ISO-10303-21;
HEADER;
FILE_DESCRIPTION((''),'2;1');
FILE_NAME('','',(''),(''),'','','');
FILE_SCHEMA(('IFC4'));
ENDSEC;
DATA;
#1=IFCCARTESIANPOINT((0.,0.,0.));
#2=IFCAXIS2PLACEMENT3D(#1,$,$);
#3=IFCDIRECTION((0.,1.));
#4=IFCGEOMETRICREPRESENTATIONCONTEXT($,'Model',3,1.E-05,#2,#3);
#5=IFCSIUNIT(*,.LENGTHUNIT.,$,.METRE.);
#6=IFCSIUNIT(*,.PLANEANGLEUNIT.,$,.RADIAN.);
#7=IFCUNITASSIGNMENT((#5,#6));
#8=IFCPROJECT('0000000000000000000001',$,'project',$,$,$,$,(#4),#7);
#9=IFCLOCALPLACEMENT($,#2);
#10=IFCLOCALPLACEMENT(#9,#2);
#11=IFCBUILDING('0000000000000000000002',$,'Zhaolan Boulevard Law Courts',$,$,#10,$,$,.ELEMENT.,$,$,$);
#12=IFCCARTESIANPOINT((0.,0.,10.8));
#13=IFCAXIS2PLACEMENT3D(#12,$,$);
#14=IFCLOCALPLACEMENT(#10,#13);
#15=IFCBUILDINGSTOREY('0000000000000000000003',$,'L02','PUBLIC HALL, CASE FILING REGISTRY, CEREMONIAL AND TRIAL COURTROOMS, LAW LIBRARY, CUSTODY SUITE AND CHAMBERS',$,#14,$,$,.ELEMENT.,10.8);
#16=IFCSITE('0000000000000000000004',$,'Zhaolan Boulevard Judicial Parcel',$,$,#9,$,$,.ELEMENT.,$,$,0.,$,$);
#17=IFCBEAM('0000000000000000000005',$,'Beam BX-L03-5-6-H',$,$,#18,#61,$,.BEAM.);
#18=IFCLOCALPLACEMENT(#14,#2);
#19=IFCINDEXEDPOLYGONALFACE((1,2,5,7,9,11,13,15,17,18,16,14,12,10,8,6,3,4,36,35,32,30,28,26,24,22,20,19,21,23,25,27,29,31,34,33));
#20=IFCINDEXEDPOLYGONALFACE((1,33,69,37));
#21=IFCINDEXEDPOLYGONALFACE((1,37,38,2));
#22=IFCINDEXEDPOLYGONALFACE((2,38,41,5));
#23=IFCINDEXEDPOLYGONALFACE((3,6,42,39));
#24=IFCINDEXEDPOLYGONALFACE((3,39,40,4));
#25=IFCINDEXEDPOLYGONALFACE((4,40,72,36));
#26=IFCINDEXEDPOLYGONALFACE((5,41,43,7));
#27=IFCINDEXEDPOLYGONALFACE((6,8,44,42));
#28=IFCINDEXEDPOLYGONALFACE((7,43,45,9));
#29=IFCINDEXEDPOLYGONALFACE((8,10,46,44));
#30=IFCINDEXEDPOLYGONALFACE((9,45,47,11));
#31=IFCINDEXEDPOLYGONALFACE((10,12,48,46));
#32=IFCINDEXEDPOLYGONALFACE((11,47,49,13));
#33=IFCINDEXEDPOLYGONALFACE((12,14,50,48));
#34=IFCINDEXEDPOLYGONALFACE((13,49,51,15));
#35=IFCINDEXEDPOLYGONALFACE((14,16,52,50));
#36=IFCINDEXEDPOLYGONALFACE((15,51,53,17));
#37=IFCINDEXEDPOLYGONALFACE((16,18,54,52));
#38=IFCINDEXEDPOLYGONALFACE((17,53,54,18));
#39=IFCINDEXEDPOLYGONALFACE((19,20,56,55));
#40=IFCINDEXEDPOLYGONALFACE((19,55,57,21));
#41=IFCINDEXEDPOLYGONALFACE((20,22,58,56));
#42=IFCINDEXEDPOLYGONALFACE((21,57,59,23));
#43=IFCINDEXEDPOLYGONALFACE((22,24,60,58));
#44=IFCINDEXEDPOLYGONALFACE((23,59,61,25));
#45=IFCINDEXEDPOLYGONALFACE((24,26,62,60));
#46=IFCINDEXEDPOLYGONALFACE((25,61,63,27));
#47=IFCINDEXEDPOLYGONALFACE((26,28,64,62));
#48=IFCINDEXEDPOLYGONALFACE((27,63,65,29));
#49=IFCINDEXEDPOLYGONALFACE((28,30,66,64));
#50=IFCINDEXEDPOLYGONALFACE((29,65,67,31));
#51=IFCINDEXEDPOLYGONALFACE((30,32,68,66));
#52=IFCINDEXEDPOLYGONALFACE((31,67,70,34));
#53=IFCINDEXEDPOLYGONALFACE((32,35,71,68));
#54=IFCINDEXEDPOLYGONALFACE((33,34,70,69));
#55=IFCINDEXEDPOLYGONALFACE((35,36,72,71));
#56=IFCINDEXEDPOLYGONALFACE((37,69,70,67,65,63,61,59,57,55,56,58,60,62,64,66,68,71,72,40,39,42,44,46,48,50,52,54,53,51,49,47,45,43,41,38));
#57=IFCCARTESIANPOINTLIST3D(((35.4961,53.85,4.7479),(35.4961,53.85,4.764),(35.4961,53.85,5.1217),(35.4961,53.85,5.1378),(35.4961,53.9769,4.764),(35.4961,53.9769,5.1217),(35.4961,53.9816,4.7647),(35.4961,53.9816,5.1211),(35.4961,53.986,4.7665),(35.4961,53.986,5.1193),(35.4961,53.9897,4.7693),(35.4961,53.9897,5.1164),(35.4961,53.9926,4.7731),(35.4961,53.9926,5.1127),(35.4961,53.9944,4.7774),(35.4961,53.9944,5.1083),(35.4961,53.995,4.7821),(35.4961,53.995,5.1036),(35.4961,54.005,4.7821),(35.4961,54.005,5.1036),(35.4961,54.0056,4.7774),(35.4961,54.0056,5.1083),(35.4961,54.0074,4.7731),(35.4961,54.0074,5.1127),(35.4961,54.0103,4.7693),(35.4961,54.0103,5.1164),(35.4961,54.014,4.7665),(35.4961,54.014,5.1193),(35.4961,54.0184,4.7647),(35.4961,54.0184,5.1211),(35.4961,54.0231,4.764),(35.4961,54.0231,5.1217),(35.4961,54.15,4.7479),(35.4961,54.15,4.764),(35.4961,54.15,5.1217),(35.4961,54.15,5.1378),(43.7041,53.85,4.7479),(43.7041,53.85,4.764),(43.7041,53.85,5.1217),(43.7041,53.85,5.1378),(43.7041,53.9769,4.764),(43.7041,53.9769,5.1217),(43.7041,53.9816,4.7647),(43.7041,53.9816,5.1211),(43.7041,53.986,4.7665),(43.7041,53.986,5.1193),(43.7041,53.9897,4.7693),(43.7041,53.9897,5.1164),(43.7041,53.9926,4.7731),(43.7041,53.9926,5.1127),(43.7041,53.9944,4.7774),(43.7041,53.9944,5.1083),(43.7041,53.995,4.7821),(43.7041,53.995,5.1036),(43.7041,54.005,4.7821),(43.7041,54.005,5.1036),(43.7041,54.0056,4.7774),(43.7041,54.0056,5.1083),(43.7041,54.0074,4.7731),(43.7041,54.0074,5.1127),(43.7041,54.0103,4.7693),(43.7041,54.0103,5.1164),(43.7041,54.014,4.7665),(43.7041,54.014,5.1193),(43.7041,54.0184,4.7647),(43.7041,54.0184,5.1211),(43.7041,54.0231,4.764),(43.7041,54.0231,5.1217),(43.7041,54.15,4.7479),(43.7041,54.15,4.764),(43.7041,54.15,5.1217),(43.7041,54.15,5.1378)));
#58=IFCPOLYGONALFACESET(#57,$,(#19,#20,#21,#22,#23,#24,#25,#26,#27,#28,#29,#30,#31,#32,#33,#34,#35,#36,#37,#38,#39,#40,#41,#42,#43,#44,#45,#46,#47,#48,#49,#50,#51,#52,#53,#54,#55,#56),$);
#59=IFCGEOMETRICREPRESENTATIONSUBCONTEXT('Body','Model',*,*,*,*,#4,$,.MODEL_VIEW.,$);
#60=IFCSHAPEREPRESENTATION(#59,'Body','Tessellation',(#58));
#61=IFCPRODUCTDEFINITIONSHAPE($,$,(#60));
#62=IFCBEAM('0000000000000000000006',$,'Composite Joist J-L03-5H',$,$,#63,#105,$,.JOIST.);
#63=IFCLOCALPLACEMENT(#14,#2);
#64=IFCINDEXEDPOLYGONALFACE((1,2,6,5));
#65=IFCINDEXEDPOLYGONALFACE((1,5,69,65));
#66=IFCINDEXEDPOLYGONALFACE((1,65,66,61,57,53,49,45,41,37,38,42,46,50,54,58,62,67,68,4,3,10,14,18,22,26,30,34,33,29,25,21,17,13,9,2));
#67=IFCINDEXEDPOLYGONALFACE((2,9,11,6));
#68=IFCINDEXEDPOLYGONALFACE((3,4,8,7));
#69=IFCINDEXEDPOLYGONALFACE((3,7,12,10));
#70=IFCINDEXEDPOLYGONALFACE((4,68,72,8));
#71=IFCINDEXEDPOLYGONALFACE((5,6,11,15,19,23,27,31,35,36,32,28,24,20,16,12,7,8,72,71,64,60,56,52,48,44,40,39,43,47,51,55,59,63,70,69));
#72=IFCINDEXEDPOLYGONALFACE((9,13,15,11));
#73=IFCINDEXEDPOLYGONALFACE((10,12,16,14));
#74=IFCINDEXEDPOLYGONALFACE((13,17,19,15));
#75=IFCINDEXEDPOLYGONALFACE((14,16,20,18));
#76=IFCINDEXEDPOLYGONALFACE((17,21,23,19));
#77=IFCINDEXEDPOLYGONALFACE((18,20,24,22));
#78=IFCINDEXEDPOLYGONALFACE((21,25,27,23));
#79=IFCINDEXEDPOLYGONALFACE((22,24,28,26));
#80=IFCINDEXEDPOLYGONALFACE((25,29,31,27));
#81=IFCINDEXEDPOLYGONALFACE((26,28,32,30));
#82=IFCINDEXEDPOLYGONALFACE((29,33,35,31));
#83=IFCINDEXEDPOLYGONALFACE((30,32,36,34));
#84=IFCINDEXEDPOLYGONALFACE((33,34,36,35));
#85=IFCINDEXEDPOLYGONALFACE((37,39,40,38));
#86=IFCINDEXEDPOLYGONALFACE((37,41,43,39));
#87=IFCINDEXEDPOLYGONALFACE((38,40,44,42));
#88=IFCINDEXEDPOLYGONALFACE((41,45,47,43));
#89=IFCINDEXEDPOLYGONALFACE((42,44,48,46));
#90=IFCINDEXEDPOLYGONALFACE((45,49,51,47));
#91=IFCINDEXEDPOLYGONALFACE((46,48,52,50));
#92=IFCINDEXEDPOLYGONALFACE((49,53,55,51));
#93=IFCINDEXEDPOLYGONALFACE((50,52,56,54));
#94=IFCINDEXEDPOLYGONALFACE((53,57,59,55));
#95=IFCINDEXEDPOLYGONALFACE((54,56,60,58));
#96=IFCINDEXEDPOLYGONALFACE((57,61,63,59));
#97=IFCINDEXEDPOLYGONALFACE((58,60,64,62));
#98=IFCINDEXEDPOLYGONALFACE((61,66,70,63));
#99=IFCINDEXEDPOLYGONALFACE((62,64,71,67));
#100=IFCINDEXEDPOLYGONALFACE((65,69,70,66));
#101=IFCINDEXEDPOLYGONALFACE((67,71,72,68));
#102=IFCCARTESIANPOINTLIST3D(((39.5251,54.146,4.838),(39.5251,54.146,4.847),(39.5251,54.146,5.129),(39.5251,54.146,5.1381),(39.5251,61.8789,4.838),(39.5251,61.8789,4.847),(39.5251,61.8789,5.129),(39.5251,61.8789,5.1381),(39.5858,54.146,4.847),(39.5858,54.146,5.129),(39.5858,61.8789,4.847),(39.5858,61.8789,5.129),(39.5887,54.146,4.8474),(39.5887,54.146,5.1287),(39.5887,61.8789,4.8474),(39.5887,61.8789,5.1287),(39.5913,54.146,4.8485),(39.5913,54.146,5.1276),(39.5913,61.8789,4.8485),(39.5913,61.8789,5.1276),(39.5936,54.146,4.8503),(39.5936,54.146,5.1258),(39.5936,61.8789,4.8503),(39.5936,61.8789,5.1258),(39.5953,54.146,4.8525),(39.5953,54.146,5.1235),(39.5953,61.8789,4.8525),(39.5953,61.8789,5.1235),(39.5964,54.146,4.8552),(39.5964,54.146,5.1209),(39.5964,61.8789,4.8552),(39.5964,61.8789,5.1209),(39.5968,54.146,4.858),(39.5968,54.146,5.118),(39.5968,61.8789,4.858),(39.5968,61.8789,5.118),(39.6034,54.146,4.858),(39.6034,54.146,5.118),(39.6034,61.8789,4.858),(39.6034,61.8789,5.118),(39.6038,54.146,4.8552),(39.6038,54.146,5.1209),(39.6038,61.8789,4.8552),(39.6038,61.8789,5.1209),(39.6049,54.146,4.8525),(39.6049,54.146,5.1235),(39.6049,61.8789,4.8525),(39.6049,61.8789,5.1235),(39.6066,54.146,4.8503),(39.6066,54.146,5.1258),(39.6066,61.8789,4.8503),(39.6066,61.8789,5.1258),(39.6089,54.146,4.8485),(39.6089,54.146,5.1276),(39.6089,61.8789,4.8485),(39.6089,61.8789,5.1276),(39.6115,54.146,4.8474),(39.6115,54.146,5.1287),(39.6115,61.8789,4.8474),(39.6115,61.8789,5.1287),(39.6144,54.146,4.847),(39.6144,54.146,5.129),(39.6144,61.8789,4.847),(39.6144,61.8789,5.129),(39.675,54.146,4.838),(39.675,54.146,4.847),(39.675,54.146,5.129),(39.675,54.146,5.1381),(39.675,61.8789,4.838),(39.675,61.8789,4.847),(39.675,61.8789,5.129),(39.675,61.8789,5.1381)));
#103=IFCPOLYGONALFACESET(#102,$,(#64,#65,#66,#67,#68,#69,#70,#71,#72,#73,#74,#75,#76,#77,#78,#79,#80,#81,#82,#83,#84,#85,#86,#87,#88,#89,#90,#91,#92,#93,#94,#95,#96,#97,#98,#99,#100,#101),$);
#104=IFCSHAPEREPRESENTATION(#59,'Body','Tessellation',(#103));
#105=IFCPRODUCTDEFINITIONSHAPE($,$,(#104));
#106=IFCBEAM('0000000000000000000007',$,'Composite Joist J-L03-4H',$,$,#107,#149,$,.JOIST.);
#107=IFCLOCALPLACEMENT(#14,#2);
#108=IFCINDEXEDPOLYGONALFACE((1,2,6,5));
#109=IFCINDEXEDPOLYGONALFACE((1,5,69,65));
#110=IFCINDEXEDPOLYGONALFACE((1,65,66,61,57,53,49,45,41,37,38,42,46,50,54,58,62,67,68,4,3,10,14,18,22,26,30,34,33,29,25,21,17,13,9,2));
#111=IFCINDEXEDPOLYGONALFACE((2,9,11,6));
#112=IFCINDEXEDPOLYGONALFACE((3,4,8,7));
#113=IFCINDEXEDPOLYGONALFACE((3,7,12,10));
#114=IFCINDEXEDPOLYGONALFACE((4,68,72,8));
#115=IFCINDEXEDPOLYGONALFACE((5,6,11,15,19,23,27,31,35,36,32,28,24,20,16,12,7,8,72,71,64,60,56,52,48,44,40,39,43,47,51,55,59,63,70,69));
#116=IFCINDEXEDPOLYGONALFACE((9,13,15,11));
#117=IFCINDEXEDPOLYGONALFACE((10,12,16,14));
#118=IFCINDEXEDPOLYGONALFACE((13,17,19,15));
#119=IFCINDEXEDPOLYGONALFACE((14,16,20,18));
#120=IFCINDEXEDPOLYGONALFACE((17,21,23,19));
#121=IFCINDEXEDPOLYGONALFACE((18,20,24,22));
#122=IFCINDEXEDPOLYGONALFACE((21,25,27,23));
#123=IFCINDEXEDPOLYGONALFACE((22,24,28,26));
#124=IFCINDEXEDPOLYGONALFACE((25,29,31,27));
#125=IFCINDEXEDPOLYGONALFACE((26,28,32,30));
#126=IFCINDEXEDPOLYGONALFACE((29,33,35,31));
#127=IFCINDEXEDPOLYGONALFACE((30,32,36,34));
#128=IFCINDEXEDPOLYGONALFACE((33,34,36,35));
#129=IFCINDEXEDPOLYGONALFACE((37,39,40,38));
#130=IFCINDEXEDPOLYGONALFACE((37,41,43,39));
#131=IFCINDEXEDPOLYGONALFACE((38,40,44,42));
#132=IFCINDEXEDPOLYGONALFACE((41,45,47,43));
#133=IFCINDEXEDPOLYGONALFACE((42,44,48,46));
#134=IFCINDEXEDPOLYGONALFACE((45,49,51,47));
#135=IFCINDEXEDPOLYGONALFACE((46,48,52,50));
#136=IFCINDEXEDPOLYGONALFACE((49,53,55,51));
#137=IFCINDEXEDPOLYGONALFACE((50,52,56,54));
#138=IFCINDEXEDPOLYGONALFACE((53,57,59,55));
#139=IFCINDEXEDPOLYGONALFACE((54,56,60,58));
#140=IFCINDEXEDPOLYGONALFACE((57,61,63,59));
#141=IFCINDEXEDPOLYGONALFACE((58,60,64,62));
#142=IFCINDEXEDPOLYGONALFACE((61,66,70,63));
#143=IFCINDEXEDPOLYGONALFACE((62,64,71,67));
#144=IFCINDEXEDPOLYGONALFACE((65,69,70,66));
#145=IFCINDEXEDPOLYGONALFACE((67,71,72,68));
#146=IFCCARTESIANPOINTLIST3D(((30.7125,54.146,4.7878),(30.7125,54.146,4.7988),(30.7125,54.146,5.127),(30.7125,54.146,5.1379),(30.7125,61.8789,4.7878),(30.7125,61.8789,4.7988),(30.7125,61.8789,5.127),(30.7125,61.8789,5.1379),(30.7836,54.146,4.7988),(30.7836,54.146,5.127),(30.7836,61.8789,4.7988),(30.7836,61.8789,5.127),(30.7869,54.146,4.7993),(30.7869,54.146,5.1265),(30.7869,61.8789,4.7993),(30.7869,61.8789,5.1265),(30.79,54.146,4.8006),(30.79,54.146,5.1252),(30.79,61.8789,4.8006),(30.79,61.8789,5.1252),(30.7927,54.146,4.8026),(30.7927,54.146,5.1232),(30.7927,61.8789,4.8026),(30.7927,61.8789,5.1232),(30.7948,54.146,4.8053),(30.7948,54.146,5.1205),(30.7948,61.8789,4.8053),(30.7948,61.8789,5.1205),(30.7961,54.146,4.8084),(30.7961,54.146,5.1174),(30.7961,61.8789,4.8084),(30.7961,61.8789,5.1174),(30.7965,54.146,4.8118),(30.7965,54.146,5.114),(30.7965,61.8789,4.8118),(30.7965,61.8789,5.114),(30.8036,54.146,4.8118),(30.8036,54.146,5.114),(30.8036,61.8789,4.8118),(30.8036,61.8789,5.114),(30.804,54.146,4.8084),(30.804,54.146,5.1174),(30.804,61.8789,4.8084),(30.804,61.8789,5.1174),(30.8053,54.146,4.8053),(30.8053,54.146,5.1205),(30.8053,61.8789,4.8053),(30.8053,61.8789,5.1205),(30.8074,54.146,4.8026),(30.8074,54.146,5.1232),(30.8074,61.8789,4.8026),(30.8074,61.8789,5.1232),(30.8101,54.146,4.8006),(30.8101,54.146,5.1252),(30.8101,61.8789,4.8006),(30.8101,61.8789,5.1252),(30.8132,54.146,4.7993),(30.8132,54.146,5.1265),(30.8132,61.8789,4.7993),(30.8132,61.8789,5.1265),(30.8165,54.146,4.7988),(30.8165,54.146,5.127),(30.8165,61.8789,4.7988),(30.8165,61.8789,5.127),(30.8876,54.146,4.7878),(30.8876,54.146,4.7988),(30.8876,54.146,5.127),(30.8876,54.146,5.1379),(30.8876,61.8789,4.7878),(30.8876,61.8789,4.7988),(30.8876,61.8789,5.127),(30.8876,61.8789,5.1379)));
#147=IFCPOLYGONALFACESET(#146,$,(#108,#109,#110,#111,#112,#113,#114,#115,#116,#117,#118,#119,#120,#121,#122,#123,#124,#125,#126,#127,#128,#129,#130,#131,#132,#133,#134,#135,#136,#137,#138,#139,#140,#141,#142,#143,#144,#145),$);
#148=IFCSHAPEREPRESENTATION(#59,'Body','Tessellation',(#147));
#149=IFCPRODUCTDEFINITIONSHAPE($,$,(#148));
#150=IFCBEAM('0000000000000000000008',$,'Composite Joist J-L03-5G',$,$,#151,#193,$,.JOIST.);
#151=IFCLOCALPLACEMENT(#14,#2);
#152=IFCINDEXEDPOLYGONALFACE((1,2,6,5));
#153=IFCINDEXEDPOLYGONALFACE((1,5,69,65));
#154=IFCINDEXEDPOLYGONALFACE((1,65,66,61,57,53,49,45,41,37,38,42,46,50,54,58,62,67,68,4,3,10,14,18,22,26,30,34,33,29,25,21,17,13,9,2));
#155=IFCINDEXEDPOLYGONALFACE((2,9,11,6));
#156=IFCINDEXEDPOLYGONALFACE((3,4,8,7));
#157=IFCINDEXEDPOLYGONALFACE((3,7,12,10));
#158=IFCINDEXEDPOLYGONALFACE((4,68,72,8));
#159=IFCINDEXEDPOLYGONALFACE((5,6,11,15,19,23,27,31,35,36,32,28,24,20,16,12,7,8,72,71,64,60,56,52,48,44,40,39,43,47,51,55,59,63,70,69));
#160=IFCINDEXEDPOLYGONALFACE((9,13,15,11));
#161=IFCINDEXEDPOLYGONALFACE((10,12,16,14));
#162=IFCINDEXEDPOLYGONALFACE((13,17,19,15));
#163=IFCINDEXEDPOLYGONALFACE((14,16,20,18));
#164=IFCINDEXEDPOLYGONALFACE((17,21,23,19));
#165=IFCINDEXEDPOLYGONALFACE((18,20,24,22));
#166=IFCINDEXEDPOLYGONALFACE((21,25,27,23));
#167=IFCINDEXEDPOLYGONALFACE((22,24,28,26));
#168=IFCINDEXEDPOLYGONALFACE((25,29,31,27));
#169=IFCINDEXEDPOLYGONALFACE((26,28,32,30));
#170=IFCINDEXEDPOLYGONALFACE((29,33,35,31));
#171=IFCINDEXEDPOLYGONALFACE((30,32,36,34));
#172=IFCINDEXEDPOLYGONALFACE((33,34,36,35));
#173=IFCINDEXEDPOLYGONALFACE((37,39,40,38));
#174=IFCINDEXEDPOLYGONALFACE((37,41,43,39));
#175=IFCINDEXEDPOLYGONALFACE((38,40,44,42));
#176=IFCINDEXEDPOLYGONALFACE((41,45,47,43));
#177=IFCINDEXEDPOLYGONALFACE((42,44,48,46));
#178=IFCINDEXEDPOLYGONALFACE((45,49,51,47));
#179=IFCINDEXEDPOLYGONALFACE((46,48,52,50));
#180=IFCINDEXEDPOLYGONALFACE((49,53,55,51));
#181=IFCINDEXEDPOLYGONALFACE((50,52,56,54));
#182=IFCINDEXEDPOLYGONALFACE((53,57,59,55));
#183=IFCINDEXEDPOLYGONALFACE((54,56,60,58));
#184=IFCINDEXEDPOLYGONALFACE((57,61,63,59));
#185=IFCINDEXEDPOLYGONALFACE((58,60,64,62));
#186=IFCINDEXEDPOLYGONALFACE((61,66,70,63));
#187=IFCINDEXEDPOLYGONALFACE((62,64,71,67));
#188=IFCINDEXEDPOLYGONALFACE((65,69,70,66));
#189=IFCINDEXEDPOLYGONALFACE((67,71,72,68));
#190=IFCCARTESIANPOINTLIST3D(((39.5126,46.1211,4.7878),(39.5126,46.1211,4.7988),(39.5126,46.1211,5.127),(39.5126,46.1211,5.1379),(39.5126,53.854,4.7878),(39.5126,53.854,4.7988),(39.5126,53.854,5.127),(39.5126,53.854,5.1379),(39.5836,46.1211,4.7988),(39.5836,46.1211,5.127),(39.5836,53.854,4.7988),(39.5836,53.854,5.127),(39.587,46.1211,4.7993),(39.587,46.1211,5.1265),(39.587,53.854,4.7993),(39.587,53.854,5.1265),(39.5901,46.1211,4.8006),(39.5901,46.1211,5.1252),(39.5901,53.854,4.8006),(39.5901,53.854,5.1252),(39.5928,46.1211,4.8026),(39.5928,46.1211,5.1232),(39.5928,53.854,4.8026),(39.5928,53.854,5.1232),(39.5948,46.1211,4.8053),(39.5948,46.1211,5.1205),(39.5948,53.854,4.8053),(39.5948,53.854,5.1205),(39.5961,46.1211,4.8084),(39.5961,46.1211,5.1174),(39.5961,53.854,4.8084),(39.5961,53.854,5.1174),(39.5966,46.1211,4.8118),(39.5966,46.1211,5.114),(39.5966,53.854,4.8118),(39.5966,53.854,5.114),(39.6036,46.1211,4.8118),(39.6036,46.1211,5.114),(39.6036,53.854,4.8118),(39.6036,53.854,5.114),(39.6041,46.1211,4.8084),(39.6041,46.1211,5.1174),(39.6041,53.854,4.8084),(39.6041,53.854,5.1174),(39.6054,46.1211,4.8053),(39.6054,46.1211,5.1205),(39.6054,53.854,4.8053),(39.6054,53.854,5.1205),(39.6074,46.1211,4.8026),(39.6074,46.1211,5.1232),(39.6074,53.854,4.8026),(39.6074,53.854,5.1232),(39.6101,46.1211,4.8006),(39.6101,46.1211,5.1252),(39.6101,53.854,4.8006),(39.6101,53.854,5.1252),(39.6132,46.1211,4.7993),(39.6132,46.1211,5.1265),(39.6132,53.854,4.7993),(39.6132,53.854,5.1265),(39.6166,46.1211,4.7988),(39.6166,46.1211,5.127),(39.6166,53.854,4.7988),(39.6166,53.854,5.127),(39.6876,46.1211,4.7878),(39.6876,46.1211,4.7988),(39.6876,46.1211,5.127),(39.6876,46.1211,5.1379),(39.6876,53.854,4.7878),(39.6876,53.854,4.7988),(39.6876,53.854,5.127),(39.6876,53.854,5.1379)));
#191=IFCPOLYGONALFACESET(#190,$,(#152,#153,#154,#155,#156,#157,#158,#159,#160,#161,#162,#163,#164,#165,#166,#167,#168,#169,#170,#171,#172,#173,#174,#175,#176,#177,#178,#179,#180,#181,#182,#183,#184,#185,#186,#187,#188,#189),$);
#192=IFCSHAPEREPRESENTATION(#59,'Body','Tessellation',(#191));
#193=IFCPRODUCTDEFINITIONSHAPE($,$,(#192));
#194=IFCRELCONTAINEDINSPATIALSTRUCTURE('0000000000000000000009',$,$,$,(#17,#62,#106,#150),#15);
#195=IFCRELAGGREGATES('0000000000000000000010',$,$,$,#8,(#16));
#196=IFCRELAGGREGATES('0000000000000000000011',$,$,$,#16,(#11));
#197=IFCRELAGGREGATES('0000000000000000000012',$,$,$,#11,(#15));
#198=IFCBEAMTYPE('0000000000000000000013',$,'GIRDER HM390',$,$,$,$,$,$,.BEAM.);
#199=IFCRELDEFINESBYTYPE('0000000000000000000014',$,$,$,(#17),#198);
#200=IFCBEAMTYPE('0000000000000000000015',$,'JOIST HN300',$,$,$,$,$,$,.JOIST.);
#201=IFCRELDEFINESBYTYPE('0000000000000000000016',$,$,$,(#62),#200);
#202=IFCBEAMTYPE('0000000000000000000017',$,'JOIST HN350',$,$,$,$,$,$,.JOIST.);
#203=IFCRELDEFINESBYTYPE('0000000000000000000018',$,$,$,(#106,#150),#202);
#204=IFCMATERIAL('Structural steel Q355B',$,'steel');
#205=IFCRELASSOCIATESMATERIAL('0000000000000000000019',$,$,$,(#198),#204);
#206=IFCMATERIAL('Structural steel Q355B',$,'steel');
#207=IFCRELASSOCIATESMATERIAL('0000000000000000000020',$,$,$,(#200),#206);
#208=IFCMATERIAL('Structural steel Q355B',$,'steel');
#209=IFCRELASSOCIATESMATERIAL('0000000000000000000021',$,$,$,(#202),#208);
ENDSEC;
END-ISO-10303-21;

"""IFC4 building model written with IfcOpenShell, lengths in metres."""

from ifc_helpers import new_model, si_unit, direction, frame, origin, origin_2d, place, context, subcontext, project, spatial, i_section, extrude, material, material_profile, profile_set, type_object, element, save


model = new_model("IFC4")

# Units and contexts
model_context = context("Model", 3, precision=1e-05, world=origin(), true_north=direction((0.0, 1.0)))
body_context = subcontext(model_context, "Body", "Model", "MODEL_VIEW")
ifc_project = project(units=[si_unit("LENGTHUNIT", "METRE"), si_unit("PLANEANGLEUNIT", "RADIAN")], contexts=[model_context])

# Site, building, storey
site_placement = place(None, origin())
site = spatial("IfcSite", under=ifc_project, at=site_placement, Name="Zhaolan Boulevard Judicial Parcel", CompositionType="ELEMENT", RefElevation=0.0)
building_placement = place(site_placement, origin())
building = spatial("IfcBuilding", under=site, at=building_placement, Name="Zhaolan Boulevard Law Courts", CompositionType="ELEMENT")
storey_placement = place(building_placement, frame((0.0, 0.0, 10.8)))
storey = spatial("IfcBuildingStorey", under=building, at=storey_placement, Name="L02", Description="PUBLIC HALL, CASE FILING REGISTRY, CEREMONIAL AND TRIAL COURTROOMS, LAW LIBRARY, CUSTODY SUITE AND CHAMBERS", CompositionType="ELEMENT", Elevation=10.8)

# Beams
ifc_material_1 = material(Name="Structural steel Q355B", Category="steel")
ifc_material_profile_1 = material_profile(ifc_material_1, i_section(OverallWidth=0.3, OverallDepth=0.3899, WebThickness=0.01, FlangeThickness=0.0161, FilletRadius=0.0181, at=origin_2d()), Name="HM390x300")
ifc_profile_set_1 = profile_set([ifc_material_profile_1], Name="Structural steel Q355B")
beam_type_1 = type_object("IfcBeamType", Name="GIRDER HM390", PredefinedType="BEAM", material=ifc_profile_set_1)
for number, where, z_axis, x_axis, name in (
    (1, (35.4961, 54.0, 4.9429), (1.0, 0.0, 0.0), (0.0, 1.0, 0.0), "Beam BX-L03-5-6-H"),
):
    element("IfcBeam", number, at=place(storey_placement, frame(where, z_axis=z_axis, x_axis=x_axis)), inside=storey, type_object=beam_type_1, Name=name, PredefinedType="BEAM", context=body_context, shape_type="SweptSolid", body=[
        extrude(i_section(OverallWidth=0.3, OverallDepth=0.3899, WebThickness=0.01, FlangeThickness=0.0161, FilletRadius=0.0181, at=origin_2d()), origin(), (0.0, 0.0, 1.0), 8.208),
    ])
ifc_material_2 = material(Name="Structural steel Q355B", Category="steel")
ifc_material_profile_2 = material_profile(ifc_material_2, i_section(OverallWidth=0.1499, OverallDepth=0.3, WebThickness=0.0066, FlangeThickness=0.009, FilletRadius=0.011, at=origin_2d()), Name="HN300x150")
ifc_profile_set_2 = profile_set([ifc_material_profile_2], Name="Structural steel Q355B")
beam_type_2 = type_object("IfcBeamType", Name="JOIST HN300", PredefinedType="JOIST", material=ifc_profile_set_2)
beam_1_placement = place(storey_placement, frame((39.6001, 54.146, 4.988), z_axis=(0.0, 1.0, 0.0), x_axis=(-1.0, 0.0, 0.0)))
element("IfcBeam", 2, at=beam_1_placement, inside=storey, type_object=beam_type_2, Name="Composite Joist J-L03-5H", PredefinedType="JOIST", context=body_context, shape_type="SweptSolid", body=[
    extrude(i_section(OverallWidth=0.1499, OverallDepth=0.3, WebThickness=0.0066, FlangeThickness=0.009, FilletRadius=0.011, at=origin_2d()), origin(), (0.0, 0.0, 1.0), 7.7329),
])
ifc_material_3 = material(Name="Structural steel Q355B", Category="steel")
ifc_material_profile_3 = material_profile(ifc_material_3, i_section(OverallWidth=0.175, OverallDepth=0.3501, WebThickness=0.0071, FlangeThickness=0.011, FilletRadius=0.0129, at=origin_2d()), Name="HN350x175")
ifc_profile_set_3 = profile_set([ifc_material_profile_3], Name="Structural steel Q355B")
beam_type_3 = type_object("IfcBeamType", Name="JOIST HN350", PredefinedType="JOIST", material=ifc_profile_set_3)
for number, where, z_axis, x_axis, name in (
    (3, (30.8, 54.146, 4.9629), (0.0, 1.0, 0.0), (-1.0, 0.0, 0.0), "Composite Joist J-L03-4H"),
    (4, (39.6001, 46.1211, 4.9629), (0.0, 1.0, 0.0), (-1.0, 0.0, 0.0), "Composite Joist J-L03-5G"),
):
    element("IfcBeam", number, at=place(storey_placement, frame(where, z_axis=z_axis, x_axis=x_axis)), inside=storey, type_object=beam_type_3, Name=name, PredefinedType="JOIST", context=body_context, shape_type="SweptSolid", body=[
        extrude(i_section(OverallWidth=0.175, OverallDepth=0.3501, WebThickness=0.0071, FlangeThickness=0.011, FilletRadius=0.0129, at=origin_2d()), origin(), (0.0, 0.0, 1.0), 7.7329),
    ])

save(model, "model.ifc")
